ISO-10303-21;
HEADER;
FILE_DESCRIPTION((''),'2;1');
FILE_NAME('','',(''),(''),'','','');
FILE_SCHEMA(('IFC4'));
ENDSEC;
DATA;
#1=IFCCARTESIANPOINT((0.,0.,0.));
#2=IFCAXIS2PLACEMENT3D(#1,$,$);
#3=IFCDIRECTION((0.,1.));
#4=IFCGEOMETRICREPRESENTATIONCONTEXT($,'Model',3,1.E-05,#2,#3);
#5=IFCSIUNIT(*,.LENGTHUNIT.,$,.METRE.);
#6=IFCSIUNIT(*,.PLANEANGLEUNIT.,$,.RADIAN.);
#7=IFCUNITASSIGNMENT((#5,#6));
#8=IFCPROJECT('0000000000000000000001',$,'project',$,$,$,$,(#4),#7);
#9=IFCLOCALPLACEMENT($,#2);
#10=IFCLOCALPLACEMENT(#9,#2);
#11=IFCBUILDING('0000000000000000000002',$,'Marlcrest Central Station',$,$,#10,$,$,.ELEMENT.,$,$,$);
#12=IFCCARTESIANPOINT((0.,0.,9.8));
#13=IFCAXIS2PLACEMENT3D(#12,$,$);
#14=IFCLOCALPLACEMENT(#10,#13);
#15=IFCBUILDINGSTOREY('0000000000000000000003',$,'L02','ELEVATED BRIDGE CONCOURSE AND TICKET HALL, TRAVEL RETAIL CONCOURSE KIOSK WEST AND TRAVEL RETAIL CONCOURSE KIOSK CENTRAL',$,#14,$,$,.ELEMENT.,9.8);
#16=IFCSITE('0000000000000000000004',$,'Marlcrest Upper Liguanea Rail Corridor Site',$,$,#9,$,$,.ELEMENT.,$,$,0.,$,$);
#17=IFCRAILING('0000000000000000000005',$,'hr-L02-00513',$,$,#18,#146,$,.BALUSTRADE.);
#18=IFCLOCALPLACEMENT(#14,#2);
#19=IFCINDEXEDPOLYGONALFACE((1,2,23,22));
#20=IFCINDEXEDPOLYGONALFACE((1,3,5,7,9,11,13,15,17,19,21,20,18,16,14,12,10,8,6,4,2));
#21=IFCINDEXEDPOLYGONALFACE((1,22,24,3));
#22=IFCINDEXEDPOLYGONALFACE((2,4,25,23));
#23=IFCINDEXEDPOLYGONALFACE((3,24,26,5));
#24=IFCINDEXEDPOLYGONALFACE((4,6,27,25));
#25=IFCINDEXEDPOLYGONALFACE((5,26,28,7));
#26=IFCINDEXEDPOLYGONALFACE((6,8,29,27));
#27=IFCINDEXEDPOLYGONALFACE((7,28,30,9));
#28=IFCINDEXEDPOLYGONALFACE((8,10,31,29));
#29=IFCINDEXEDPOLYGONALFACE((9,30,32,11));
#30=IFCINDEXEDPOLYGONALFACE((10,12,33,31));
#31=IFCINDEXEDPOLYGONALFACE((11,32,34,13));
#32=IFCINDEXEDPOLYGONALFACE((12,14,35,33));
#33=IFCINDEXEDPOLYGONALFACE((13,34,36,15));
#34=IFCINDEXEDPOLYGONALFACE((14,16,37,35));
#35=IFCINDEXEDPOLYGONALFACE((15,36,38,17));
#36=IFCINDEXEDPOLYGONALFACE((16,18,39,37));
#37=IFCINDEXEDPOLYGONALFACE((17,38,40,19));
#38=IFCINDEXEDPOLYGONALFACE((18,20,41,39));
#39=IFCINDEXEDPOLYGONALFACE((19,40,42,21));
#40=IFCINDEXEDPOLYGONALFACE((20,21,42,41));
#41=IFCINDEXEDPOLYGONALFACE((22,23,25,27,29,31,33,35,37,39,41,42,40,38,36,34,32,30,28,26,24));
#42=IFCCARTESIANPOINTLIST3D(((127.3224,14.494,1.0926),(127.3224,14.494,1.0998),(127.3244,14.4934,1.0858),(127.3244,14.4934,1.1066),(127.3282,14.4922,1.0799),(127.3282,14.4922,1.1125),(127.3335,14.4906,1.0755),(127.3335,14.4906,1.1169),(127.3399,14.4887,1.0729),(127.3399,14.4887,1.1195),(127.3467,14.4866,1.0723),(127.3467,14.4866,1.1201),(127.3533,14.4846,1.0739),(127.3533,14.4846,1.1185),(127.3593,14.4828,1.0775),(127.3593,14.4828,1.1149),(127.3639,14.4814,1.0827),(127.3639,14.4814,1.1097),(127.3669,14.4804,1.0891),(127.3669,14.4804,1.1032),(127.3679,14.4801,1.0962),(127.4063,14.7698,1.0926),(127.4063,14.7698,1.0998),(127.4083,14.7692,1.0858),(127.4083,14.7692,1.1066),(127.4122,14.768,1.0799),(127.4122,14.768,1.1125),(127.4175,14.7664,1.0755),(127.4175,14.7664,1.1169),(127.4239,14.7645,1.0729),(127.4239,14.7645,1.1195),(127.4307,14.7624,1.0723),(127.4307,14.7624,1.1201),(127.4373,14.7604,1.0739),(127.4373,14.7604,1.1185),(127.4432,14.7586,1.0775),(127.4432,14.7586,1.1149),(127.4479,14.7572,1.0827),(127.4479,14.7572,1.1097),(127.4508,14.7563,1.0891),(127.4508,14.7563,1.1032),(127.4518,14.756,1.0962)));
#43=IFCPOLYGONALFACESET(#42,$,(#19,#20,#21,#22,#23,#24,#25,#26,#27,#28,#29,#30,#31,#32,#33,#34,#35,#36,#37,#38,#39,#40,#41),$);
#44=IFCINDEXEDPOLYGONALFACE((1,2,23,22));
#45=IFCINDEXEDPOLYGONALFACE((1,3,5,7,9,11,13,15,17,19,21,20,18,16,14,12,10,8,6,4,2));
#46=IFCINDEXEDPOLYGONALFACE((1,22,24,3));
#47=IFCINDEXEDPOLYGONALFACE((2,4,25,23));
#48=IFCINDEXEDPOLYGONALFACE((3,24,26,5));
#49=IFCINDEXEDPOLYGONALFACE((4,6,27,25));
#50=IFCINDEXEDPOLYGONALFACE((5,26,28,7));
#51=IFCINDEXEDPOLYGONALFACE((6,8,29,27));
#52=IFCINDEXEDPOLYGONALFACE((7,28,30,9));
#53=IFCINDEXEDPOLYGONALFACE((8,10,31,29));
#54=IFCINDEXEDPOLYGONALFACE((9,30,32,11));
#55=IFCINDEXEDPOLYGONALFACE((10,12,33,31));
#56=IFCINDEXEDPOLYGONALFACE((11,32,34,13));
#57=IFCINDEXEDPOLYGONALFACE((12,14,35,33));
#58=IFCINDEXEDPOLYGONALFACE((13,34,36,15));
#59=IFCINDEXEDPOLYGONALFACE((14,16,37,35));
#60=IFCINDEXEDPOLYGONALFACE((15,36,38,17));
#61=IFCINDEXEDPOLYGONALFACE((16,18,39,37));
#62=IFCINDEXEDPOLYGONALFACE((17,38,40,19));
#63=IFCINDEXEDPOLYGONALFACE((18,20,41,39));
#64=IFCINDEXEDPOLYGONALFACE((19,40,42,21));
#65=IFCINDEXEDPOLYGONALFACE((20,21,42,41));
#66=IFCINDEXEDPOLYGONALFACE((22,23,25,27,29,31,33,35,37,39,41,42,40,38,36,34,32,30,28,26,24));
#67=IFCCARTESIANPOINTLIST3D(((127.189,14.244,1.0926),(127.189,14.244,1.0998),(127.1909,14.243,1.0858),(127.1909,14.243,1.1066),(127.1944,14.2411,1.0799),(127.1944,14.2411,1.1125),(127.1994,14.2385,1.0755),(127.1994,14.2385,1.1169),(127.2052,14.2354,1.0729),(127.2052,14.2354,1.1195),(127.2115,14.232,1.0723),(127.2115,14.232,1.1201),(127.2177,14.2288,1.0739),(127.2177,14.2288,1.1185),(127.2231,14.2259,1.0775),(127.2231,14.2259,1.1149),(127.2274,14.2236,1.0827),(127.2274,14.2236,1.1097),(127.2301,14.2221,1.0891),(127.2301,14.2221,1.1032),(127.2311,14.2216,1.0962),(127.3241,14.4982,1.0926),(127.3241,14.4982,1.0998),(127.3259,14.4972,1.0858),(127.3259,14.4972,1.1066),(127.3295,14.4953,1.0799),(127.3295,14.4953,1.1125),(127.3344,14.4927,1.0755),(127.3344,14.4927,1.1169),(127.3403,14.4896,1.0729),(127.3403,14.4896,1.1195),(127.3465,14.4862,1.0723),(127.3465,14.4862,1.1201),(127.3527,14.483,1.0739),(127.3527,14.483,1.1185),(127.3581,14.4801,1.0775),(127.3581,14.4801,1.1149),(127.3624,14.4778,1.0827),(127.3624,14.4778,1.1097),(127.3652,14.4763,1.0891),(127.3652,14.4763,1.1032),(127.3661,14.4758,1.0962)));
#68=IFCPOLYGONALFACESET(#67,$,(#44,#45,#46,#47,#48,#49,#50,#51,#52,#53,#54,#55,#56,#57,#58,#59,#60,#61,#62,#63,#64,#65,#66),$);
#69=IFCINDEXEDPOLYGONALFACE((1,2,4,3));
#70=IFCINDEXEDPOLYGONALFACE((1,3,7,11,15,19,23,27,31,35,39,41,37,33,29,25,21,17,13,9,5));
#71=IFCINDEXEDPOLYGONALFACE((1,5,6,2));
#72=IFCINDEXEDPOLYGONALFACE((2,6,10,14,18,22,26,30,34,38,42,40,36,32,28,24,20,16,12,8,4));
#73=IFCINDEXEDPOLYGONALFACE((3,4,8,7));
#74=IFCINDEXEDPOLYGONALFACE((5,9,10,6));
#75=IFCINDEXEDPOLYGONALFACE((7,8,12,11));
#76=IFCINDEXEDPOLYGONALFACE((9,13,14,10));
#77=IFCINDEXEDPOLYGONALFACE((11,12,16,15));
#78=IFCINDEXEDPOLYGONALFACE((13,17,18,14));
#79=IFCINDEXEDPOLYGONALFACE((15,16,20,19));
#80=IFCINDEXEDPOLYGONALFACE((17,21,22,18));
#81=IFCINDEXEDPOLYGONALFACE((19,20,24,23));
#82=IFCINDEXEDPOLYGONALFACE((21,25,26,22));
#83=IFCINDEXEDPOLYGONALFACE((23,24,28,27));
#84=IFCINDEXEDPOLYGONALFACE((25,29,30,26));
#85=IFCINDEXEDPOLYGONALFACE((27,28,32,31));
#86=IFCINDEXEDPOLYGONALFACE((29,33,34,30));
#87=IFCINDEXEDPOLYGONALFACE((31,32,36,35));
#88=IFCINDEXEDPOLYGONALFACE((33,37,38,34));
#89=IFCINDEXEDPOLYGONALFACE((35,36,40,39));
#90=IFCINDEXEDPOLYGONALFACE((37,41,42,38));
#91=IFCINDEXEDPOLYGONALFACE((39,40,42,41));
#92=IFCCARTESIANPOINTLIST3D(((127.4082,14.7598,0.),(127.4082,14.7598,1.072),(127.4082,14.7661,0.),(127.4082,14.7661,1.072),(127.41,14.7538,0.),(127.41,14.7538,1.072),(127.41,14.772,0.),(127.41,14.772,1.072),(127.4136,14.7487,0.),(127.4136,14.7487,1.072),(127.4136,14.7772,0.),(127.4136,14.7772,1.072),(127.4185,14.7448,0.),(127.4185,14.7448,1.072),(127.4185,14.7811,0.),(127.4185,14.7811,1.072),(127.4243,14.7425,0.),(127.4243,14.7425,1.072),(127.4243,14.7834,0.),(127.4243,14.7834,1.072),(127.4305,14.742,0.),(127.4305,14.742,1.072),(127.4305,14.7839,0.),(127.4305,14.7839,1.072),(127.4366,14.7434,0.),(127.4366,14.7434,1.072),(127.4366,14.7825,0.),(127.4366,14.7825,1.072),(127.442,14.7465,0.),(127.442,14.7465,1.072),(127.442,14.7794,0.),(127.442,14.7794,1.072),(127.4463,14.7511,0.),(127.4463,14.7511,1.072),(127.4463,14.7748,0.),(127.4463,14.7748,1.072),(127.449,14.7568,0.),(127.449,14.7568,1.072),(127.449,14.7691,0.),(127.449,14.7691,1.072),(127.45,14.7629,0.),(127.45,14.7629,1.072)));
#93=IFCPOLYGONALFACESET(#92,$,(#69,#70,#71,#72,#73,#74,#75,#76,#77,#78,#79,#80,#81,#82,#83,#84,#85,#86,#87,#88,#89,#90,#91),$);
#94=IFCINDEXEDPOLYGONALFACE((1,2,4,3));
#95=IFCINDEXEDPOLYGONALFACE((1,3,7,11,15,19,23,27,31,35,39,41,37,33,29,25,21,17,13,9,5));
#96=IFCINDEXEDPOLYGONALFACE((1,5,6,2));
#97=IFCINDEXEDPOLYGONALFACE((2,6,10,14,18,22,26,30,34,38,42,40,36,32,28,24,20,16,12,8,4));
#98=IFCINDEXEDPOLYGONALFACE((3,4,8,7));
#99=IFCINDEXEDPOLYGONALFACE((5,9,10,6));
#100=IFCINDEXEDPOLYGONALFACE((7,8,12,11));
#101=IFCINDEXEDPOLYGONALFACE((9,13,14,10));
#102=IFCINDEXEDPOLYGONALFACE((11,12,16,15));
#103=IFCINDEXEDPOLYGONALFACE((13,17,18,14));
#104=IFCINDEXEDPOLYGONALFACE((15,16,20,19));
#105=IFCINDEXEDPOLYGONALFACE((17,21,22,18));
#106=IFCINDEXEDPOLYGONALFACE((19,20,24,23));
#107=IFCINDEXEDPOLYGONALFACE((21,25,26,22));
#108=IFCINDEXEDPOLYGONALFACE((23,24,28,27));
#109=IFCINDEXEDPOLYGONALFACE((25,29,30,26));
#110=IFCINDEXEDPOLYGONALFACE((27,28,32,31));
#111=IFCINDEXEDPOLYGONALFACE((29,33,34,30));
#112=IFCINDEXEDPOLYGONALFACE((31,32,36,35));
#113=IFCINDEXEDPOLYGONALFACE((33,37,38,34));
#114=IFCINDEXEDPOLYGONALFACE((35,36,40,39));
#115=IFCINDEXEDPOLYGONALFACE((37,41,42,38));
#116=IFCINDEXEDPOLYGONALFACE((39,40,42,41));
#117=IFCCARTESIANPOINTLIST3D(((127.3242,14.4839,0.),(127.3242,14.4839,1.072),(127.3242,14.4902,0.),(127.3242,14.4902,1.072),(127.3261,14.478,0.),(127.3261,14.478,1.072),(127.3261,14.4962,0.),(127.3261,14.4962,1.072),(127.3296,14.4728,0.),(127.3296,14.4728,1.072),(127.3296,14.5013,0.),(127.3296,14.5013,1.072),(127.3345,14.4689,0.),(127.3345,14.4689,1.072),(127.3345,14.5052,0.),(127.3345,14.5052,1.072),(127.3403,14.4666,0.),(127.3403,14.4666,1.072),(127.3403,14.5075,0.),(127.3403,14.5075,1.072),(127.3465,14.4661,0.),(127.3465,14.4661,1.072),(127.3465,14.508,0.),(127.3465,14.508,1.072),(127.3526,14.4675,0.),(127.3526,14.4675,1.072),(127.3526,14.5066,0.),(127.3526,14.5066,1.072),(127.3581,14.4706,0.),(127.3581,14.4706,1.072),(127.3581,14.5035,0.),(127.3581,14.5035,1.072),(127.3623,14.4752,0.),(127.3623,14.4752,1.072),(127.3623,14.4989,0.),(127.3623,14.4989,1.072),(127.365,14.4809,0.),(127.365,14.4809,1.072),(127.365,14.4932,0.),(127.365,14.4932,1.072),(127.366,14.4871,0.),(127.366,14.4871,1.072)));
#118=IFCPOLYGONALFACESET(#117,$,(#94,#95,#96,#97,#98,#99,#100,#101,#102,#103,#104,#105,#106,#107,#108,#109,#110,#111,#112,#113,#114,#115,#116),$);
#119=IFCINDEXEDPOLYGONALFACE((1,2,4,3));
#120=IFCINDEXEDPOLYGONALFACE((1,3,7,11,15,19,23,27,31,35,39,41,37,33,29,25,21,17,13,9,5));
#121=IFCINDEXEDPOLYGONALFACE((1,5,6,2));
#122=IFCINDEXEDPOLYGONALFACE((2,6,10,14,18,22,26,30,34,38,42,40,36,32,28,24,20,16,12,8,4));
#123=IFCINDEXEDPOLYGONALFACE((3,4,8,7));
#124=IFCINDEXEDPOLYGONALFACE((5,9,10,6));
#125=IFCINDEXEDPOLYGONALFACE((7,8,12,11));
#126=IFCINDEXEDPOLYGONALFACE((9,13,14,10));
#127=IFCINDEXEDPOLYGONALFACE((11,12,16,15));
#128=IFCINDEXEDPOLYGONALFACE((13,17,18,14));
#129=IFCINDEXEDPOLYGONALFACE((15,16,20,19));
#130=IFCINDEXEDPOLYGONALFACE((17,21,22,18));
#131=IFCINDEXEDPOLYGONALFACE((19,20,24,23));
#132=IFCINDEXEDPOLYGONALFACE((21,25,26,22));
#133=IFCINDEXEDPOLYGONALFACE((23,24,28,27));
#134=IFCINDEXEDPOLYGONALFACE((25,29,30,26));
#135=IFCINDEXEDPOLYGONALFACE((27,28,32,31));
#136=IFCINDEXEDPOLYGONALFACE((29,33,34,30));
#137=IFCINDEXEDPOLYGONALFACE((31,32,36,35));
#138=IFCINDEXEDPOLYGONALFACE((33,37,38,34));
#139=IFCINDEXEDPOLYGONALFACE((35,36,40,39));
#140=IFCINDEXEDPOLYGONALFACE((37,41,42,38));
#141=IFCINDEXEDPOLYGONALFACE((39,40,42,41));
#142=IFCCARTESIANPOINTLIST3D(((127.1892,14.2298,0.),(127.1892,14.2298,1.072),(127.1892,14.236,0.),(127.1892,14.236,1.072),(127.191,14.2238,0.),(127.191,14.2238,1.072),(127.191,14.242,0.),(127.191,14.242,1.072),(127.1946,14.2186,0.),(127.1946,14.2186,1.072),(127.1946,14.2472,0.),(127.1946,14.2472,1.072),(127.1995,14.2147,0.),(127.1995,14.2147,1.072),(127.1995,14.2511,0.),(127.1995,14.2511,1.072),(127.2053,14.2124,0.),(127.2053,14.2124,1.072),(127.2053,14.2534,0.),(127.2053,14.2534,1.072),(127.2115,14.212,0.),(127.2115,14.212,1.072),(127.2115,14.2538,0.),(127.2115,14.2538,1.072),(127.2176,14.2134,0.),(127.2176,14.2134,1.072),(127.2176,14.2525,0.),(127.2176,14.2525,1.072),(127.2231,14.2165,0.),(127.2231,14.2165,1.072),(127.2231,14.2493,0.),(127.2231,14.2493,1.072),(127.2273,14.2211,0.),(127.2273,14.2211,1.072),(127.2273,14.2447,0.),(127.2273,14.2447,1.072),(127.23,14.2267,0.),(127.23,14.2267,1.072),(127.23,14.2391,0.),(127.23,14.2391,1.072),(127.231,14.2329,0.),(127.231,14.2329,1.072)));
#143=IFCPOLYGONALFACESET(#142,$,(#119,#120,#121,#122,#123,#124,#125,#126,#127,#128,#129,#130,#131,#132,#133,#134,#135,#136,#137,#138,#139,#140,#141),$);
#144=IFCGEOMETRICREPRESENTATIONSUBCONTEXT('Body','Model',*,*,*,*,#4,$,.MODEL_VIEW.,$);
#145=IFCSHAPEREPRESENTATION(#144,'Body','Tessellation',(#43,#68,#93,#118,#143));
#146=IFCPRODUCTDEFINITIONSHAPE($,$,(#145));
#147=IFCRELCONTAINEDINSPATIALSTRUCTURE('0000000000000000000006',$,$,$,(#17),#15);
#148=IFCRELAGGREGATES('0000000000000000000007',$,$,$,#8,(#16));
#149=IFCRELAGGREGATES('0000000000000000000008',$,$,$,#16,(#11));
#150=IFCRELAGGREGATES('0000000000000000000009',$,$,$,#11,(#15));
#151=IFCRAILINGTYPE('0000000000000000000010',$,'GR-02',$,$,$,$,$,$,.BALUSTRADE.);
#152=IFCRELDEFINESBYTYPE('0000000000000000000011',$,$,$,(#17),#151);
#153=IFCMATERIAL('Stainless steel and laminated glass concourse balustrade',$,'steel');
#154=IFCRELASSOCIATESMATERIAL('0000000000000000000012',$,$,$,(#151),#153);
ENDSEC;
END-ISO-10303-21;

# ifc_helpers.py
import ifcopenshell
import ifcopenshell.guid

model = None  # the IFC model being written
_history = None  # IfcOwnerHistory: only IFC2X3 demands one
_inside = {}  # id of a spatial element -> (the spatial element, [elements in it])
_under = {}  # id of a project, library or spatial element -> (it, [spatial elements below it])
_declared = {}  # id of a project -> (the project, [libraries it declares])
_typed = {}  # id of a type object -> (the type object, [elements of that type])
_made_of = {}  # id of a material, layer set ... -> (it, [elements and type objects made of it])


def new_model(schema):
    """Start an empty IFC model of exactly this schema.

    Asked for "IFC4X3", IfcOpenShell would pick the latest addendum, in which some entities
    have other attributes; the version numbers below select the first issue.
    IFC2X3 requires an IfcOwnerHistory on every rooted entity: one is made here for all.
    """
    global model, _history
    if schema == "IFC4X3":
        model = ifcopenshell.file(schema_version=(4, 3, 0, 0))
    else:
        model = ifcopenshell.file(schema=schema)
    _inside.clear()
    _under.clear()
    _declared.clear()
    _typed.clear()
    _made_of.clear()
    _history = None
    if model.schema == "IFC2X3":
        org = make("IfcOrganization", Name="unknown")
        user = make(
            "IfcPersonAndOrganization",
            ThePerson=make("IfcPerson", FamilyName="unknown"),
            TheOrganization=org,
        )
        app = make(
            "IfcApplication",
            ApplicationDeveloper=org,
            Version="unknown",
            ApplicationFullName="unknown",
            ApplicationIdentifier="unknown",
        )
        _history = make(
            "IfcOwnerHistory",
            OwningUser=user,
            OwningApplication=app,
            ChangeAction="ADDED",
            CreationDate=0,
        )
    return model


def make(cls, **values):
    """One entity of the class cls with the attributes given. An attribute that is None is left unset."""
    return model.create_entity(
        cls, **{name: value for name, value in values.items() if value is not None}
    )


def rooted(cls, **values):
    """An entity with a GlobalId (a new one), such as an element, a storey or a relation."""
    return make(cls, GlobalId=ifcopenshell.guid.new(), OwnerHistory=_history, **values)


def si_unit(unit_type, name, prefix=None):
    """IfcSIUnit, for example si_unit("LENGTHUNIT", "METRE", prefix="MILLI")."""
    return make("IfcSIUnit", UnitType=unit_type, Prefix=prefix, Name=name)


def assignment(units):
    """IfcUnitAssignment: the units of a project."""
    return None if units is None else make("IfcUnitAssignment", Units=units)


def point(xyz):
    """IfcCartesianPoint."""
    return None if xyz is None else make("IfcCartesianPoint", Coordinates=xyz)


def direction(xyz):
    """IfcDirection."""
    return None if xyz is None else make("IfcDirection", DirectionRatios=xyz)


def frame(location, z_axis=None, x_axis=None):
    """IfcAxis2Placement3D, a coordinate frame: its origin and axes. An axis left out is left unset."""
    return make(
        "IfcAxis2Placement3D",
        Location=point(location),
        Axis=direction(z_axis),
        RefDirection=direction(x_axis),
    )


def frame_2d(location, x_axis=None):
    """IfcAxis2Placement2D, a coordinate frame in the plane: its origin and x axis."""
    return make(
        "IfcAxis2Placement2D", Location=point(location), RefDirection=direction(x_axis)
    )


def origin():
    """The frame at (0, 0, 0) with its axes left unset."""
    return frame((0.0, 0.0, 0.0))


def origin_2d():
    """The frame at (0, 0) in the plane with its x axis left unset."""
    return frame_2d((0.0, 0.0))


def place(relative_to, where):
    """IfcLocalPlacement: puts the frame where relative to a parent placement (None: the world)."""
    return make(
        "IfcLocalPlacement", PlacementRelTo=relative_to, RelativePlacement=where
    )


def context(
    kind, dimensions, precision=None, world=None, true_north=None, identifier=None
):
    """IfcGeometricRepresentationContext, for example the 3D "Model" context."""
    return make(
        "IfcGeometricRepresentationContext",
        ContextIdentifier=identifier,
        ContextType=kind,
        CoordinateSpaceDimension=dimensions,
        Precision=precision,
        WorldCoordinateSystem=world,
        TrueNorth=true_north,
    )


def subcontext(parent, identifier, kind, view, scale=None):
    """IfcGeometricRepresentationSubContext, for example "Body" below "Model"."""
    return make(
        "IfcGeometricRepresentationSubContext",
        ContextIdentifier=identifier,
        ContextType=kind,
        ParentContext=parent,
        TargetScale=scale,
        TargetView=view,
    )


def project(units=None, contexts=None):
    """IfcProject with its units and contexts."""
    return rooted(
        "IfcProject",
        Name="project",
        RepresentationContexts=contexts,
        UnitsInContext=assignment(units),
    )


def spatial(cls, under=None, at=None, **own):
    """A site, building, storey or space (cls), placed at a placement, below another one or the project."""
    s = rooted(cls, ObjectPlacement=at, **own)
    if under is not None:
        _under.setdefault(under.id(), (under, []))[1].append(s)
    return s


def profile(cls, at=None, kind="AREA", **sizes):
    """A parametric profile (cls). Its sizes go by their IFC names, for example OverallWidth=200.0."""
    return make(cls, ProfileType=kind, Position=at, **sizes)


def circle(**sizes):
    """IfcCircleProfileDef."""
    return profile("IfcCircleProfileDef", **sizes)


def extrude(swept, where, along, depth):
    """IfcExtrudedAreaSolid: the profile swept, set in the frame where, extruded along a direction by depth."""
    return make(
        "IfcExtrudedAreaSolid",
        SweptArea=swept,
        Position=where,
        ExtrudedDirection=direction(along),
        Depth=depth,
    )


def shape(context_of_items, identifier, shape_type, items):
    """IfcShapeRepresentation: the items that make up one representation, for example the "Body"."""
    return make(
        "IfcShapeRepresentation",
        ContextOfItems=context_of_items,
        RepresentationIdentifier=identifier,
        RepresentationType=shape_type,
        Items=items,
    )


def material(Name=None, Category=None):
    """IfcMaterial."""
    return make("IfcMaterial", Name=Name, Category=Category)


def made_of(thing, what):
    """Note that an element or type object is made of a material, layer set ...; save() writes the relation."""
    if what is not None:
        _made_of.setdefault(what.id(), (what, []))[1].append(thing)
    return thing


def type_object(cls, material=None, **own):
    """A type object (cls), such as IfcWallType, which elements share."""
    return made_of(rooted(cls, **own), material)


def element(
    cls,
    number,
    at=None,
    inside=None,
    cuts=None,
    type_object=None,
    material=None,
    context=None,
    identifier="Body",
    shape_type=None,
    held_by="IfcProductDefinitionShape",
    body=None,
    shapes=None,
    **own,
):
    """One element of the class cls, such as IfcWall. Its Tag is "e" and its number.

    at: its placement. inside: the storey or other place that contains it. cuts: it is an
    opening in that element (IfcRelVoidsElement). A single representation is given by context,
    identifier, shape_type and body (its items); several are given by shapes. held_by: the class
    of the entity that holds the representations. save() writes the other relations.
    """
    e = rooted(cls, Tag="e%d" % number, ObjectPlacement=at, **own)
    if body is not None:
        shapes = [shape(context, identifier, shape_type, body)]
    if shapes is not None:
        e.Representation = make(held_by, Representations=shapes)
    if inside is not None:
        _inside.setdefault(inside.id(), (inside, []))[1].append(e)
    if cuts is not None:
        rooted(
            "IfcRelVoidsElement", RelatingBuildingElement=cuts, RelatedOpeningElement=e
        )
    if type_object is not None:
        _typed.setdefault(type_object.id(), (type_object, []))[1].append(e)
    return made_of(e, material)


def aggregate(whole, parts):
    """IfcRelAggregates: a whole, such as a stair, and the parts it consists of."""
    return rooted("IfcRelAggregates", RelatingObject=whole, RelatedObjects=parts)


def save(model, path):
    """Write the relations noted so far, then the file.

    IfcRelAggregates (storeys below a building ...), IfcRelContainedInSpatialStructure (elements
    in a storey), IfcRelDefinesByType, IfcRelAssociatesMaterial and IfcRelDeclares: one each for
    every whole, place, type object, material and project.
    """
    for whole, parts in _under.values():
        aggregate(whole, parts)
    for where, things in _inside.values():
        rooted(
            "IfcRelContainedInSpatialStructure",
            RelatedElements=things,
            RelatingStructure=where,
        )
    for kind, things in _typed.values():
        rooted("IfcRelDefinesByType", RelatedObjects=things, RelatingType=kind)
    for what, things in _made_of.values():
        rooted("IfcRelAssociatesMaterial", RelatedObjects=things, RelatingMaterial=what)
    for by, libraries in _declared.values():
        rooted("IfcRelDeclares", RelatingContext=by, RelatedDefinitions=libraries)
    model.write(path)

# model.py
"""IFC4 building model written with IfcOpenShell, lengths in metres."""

from ifc_helpers import new_model, si_unit, direction, frame, origin, origin_2d, place, context, subcontext, project, spatial, circle, extrude, material, type_object, element, save


model = new_model("IFC4")

# Units and contexts
model_context = context("Model", 3, precision=1e-05, world=origin(), true_north=direction((0.0, 1.0)))
body_context = subcontext(model_context, "Body", "Model", "MODEL_VIEW")
ifc_project = project(units=[si_unit("LENGTHUNIT", "METRE"), si_unit("PLANEANGLEUNIT", "RADIAN")], contexts=[model_context])

# Site, building, storey
site_placement = place(None, origin())
site = spatial("IfcSite", under=ifc_project, at=site_placement, Name="Marlcrest Upper Liguanea Rail Corridor Site", CompositionType="ELEMENT", RefElevation=0.0)
building_placement = place(site_placement, origin())
building = spatial("IfcBuilding", under=site, at=building_placement, Name="Marlcrest Central Station", CompositionType="ELEMENT")
storey_placement = place(building_placement, frame((0.0, 0.0, 9.8)))
storey = spatial("IfcBuildingStorey", under=building, at=storey_placement, Name="L02", Description="ELEVATED BRIDGE CONCOURSE AND TICKET HALL, TRAVEL RETAIL CONCOURSE KIOSK WEST AND TRAVEL RETAIL CONCOURSE KIOSK CENTRAL", CompositionType="ELEMENT", Elevation=9.8)

# Railing
ifc_material_1 = material(Name="Stainless steel and laminated glass concourse balustrade", Category="steel")
railing_type = type_object("IfcRailingType", Name="GR-02", PredefinedType="BALUSTRADE", material=ifc_material_1)
railing_1_placement = place(storey_placement, frame((127.429, 14.7629, 0.0)))
element("IfcRailing", 1, at=railing_1_placement, inside=storey, type_object=railing_type, Name="hr-L02-00513", PredefinedType="BALUSTRADE", context=body_context, shape_type="SweptSolid", body=[
    extrude(circle(Radius=0.0239, at=origin_2d()), frame((0.0, 0.0, 1.0962), z_axis=(-0.291229, -0.956653, 0.0), x_axis=(0.956653, -0.291229, 0.0)), (0.0, 0.0, 1.0), 0.2883),
    extrude(circle(Radius=0.0239, at=origin_2d()), frame((-0.084, -0.2759, 1.0962), z_axis=(-0.469135, -0.883127, 0.0), x_axis=(0.883127, -0.469135, 0.0)), (0.0, 0.0, 1.0), 0.2878),
    extrude(circle(Radius=0.021, at=origin_2d()), origin(), (0.0, 0.0, 1.0), 1.072),
    extrude(circle(Radius=0.021, at=origin_2d()), frame((-0.084, -0.2759, 0.0)), (0.0, 0.0, 1.0), 1.072),
    extrude(circle(Radius=0.021, at=origin_2d()), frame((-0.219, -0.53, 0.0)), (0.0, 0.0, 1.0), 1.072),
])

save(model, "model.ifc")
